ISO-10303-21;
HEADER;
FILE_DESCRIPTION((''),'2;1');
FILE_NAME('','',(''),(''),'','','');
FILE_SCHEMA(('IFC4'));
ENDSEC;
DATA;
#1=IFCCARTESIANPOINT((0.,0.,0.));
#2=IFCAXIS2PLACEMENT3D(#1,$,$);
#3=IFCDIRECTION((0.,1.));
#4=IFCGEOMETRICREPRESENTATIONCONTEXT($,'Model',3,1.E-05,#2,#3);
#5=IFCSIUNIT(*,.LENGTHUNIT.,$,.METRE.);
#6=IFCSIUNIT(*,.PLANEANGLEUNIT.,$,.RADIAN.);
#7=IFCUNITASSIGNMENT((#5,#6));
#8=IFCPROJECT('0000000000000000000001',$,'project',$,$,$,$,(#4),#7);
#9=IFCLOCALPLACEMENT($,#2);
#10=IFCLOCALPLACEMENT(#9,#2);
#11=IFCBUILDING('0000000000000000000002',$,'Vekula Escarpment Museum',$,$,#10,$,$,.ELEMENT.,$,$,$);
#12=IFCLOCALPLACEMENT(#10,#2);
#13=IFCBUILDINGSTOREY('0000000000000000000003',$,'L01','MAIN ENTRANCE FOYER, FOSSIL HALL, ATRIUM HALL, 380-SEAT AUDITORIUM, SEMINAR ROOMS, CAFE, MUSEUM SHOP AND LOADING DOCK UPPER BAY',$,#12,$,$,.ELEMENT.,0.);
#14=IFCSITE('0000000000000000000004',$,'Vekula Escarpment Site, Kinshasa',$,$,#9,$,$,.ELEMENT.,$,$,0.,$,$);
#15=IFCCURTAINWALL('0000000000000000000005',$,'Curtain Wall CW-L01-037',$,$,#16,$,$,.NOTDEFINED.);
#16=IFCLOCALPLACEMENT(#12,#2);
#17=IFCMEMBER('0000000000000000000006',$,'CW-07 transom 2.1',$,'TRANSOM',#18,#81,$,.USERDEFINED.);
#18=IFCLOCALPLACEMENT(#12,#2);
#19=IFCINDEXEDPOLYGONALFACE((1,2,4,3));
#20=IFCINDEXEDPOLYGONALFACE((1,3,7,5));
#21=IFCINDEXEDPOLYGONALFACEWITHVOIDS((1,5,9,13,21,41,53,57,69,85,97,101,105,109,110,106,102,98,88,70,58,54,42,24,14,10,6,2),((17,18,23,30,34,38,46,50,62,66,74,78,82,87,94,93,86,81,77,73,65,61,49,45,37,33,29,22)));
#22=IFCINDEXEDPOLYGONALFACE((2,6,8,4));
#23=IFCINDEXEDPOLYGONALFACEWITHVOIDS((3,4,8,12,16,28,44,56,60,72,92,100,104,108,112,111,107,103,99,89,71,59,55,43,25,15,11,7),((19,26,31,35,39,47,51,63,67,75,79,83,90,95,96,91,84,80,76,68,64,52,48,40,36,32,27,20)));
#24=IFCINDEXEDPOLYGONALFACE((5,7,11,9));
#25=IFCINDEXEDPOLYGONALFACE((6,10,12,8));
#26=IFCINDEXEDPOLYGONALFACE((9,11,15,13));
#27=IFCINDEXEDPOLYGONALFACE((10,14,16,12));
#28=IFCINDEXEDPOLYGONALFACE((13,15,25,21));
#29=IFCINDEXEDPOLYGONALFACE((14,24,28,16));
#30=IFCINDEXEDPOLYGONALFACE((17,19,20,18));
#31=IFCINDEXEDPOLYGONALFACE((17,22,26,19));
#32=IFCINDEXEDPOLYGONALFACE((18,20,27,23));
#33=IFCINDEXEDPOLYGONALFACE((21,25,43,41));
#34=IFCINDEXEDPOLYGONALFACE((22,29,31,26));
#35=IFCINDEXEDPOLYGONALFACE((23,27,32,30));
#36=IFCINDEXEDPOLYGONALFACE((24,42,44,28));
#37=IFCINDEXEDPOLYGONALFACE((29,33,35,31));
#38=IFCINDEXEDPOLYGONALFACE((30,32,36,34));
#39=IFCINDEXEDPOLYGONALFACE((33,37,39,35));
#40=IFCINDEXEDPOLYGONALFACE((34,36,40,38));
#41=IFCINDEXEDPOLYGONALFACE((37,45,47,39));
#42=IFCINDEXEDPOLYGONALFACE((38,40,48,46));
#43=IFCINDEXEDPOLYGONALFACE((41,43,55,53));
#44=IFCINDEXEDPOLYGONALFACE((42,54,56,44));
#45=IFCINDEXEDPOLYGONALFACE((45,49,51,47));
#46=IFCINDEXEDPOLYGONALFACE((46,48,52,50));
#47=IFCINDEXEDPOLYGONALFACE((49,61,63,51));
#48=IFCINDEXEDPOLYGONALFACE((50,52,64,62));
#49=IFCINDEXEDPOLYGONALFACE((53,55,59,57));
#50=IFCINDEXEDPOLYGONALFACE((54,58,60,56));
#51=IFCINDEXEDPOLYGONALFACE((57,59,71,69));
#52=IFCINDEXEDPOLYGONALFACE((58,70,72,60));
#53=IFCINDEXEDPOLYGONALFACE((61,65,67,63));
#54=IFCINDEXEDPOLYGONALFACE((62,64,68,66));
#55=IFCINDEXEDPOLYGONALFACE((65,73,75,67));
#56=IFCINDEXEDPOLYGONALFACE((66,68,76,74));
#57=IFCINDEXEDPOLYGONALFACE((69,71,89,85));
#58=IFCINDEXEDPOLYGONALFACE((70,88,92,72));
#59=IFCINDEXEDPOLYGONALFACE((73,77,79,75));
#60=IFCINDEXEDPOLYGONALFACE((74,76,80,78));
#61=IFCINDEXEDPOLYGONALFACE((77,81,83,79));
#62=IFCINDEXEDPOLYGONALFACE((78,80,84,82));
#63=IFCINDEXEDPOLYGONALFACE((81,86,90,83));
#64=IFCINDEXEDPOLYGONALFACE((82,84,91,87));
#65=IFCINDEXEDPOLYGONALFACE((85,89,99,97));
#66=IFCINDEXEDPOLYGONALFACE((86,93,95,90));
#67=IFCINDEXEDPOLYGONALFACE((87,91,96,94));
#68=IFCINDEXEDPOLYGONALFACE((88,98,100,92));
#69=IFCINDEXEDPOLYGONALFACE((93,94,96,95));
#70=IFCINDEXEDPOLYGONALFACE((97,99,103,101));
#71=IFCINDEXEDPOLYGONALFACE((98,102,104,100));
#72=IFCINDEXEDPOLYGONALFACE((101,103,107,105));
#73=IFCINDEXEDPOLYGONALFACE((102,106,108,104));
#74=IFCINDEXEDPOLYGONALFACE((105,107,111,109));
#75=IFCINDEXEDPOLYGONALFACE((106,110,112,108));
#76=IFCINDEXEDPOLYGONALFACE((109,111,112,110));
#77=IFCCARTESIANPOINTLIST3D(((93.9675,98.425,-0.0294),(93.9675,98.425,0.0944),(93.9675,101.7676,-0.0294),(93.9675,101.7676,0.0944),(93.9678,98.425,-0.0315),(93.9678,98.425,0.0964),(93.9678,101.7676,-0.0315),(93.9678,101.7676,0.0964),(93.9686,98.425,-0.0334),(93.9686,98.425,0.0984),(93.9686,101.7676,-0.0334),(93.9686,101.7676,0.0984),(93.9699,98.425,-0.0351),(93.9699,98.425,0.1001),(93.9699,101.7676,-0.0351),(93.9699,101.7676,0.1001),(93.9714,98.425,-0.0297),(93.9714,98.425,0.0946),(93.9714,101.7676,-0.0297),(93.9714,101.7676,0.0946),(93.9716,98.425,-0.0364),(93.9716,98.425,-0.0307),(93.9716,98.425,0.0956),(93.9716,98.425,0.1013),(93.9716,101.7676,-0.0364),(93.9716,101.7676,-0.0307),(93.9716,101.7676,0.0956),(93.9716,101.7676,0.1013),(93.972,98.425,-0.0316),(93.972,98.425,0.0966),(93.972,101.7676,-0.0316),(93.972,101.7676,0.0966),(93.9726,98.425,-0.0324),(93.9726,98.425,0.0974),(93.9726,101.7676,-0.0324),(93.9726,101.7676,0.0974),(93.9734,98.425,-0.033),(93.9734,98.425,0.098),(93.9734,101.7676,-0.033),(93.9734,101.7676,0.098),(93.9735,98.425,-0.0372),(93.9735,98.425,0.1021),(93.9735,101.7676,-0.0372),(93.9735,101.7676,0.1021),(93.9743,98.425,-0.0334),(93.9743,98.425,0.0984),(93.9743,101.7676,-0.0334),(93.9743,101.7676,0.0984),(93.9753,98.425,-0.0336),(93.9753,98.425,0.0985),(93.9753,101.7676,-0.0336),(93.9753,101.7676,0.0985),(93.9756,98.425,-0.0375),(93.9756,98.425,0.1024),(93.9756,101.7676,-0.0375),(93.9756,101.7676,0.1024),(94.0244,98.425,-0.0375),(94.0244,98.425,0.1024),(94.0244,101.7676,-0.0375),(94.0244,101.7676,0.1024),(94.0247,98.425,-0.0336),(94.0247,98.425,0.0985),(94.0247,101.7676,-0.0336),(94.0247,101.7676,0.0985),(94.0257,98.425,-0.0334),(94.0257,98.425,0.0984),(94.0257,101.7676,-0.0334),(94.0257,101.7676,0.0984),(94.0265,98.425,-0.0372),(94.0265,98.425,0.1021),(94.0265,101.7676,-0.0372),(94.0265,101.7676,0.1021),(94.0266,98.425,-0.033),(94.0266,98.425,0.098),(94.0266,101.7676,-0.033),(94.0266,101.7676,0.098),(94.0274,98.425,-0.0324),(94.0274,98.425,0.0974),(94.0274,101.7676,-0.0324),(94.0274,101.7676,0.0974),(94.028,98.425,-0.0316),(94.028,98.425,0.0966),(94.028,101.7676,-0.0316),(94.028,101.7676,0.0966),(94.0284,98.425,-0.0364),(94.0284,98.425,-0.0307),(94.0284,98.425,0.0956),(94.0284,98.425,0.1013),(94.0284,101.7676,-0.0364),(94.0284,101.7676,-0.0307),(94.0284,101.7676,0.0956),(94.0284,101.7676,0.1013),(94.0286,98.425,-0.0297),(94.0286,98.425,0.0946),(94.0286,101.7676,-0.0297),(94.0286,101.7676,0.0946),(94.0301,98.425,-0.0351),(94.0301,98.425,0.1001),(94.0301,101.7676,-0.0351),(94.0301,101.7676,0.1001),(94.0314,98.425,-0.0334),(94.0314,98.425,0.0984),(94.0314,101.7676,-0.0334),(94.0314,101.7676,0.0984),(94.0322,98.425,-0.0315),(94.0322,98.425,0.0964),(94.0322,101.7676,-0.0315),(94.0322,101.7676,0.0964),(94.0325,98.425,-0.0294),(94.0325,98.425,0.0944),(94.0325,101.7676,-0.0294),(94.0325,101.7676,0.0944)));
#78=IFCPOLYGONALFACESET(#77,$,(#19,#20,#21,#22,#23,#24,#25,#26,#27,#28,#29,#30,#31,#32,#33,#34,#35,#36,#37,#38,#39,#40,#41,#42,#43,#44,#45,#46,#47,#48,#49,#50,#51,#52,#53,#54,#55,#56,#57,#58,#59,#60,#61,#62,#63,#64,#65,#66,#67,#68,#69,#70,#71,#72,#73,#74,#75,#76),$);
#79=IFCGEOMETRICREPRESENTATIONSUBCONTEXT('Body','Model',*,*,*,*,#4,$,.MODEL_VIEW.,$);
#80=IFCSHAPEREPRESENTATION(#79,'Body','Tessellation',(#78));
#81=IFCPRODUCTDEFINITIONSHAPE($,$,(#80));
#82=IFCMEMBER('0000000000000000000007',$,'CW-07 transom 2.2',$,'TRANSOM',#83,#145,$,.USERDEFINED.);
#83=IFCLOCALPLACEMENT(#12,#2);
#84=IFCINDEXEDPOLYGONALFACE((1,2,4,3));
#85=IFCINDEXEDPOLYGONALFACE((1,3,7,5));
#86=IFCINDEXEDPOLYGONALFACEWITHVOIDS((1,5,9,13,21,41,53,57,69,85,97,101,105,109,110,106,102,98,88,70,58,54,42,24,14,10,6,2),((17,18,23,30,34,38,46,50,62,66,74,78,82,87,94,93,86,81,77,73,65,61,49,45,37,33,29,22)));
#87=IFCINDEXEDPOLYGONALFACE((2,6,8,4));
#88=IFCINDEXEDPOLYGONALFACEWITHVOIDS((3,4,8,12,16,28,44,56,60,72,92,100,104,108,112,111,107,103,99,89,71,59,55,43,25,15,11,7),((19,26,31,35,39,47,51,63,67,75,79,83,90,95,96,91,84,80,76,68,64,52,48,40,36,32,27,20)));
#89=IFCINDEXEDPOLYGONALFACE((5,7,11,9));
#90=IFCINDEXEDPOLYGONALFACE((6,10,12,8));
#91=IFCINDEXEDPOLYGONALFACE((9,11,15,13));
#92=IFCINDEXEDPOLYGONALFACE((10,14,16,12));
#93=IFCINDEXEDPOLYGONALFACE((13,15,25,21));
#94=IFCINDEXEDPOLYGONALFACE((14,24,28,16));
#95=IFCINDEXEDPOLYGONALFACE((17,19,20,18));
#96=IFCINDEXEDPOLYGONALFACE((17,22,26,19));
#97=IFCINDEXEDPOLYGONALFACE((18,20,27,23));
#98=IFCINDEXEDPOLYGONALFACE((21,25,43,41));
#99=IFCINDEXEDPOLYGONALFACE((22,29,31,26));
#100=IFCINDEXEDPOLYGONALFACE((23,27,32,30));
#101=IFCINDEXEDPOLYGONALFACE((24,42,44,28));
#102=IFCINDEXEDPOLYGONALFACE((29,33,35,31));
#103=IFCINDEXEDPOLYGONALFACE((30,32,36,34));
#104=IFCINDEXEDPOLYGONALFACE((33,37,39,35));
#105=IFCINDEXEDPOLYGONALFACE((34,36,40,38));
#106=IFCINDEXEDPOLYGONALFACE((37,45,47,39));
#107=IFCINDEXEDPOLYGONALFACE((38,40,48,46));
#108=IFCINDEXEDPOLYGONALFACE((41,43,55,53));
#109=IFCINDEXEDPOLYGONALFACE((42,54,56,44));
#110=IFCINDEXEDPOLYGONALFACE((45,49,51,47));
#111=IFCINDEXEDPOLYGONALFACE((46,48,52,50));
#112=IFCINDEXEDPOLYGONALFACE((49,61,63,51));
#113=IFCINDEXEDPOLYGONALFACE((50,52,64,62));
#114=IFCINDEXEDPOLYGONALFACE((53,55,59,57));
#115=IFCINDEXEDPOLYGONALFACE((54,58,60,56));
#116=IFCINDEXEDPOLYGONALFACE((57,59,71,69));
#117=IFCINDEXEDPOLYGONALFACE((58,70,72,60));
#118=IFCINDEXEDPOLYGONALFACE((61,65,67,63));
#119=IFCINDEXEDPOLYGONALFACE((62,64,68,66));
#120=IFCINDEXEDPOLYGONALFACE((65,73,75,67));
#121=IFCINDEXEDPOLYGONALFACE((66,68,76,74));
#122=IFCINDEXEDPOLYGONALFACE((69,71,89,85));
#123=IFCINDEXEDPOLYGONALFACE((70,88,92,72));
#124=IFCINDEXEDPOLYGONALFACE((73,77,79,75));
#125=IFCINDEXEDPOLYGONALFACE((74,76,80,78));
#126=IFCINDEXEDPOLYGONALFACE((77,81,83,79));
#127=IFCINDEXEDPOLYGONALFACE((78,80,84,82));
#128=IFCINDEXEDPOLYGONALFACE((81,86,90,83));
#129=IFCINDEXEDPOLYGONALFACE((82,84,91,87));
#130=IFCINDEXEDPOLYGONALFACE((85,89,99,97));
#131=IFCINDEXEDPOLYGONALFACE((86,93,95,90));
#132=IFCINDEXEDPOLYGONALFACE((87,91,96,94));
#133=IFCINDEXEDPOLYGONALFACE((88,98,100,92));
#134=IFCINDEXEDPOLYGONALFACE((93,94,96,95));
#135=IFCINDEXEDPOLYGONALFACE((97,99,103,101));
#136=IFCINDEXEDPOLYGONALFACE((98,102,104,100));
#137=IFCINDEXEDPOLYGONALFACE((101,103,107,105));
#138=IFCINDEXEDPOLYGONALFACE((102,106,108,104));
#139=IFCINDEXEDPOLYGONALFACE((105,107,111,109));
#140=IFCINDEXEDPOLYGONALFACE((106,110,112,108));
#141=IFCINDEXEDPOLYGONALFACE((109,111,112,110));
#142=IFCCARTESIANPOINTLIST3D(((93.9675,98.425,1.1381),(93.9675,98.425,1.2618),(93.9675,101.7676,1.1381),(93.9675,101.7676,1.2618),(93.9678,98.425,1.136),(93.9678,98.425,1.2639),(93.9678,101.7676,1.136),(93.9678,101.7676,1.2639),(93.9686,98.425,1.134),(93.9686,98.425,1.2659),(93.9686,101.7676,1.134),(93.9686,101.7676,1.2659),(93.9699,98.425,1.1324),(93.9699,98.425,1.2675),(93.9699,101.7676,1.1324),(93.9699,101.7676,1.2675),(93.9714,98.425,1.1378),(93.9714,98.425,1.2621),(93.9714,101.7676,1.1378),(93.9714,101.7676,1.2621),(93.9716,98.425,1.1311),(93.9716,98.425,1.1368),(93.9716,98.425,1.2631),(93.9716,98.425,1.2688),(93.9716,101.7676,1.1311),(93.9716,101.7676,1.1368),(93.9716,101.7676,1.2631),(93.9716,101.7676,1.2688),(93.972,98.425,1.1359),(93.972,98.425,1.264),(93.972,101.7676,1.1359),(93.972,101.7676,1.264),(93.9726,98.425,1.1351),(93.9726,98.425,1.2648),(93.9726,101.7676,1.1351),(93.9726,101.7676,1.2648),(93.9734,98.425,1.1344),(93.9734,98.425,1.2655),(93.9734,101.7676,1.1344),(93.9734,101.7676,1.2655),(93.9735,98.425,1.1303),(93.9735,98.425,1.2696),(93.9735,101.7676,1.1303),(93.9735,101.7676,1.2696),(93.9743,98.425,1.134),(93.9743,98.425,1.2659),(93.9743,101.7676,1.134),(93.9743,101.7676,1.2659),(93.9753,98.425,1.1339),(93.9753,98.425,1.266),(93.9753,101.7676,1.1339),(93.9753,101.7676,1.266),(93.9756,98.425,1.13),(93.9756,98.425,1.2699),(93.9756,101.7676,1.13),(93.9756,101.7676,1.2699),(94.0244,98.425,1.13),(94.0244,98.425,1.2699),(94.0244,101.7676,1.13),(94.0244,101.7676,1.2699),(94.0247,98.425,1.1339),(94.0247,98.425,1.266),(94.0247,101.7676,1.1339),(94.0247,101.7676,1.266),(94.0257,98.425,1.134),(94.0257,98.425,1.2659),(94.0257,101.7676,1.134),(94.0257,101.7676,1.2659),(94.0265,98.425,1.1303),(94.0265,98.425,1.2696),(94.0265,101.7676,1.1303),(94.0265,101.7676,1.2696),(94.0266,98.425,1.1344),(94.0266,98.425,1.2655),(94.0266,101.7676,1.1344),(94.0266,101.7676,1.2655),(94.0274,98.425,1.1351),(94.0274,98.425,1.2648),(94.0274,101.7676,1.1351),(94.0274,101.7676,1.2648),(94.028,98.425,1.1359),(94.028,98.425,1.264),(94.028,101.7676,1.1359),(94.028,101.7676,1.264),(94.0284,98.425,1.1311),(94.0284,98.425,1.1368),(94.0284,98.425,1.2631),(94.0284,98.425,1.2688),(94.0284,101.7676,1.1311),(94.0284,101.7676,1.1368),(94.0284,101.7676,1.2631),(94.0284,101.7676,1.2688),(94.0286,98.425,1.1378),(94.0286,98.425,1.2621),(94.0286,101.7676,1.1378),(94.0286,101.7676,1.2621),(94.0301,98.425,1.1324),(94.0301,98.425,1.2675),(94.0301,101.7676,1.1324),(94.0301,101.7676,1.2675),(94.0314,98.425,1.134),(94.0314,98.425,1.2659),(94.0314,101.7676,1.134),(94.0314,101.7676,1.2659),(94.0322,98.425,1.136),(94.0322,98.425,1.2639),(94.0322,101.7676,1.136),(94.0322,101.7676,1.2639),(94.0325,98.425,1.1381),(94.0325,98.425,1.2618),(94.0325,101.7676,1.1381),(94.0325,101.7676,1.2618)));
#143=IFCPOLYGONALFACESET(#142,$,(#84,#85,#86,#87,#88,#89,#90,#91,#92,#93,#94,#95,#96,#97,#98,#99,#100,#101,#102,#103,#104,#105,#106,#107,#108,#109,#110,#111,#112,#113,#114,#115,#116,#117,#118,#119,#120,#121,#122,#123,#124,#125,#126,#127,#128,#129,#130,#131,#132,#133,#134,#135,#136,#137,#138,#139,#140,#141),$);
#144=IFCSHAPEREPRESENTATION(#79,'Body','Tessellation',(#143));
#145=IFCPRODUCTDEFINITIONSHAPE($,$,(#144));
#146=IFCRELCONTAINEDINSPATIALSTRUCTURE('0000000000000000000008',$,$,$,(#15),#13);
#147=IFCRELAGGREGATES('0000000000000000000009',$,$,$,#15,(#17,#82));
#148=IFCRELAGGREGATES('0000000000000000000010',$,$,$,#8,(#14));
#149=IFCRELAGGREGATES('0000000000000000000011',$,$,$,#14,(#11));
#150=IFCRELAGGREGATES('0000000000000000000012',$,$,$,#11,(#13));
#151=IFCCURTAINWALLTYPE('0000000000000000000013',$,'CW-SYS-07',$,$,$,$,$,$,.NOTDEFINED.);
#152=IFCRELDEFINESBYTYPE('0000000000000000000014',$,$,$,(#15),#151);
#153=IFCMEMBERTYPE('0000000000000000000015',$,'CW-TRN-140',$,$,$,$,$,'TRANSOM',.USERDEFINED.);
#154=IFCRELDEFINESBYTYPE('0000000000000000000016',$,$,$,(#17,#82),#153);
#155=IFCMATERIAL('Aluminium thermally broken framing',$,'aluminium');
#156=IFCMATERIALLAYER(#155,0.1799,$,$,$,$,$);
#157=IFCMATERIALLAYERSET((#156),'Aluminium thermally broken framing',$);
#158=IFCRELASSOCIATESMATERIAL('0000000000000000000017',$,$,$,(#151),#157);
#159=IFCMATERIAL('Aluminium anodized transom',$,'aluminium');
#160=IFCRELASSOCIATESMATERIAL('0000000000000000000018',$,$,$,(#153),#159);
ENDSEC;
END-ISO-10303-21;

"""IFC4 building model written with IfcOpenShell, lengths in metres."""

from ifc_helpers import new_model, si_unit, direction, frame, origin, origin_2d, place, context, subcontext, project, spatial, hollow_rectangle, extrude, material, layer, layer_set, material_profile, profile_set, type_object, element, aggregate, save


model = new_model("IFC4")

# Units and contexts
model_context = context("Model", 3, precision=1e-05, world=origin(), true_north=direction((0.0, 1.0)))
body_context = subcontext(model_context, "Body", "Model", "MODEL_VIEW")
ifc_project = project(units=[si_unit("LENGTHUNIT", "METRE"), si_unit("PLANEANGLEUNIT", "RADIAN")], contexts=[model_context])

# Site, building, storey
site_placement = place(None, origin())
site = spatial("IfcSite", under=ifc_project, at=site_placement, Name="Vekula Escarpment Site, Kinshasa", CompositionType="ELEMENT", RefElevation=0.0)
building_placement = place(site_placement, origin())
building = spatial("IfcBuilding", under=site, at=building_placement, Name="Vekula Escarpment Museum", CompositionType="ELEMENT")
storey_placement = place(building_placement, origin())
storey = spatial("IfcBuildingStorey", under=building, at=storey_placement, Name="L01", Description="MAIN ENTRANCE FOYER, FOSSIL HALL, ATRIUM HALL, 380-SEAT AUDITORIUM, SEMINAR ROOMS, CAFE, MUSEUM SHOP AND LOADING DOCK UPPER BAY", CompositionType="ELEMENT", Elevation=0.0)

# Curtain wall
ifc_material_1 = material(Name="Aluminium thermally broken framing", Category="aluminium")
ifc_layer_1 = layer(ifc_material_1, 0.1799)
ifc_layer_set_1 = layer_set([ifc_layer_1], Name="Aluminium thermally broken framing")
curtain_wall_type_1 = type_object("IfcCurtainWallType", Name="CW-SYS-07", PredefinedType="NOTDEFINED", material=ifc_layer_set_1)
curtain_wall_1_placement = place(storey_placement, origin())
curtain_wall_1 = element("IfcCurtainWall", 1, at=curtain_wall_1_placement, inside=storey, type_object=curtain_wall_type_1, Name="Curtain Wall CW-L01-037", PredefinedType="NOTDEFINED")

# Members
ifc_material_2 = material(Name="Aluminium anodized transom", Category="aluminium")
ifc_material_profile_1 = material_profile(ifc_material_2, hollow_rectangle(XDim=0.0649, YDim=0.1399, WallThickness=0.0039, InnerFilletRadius=0.0039, OuterFilletRadius=0.0081, at=origin_2d()), Name="ALU 140x65x4")
ifc_profile_set_1 = profile_set([ifc_material_profile_1], Name="Aluminium anodized transom")
member_type_1 = type_object("IfcMemberType", Name="CW-TRN-140", ElementType="TRANSOM", PredefinedType="USERDEFINED", material=ifc_profile_set_1)
member_1_placement = place(storey_placement, frame((94.0, 101.7676, 0.0325), z_axis=(0.0, -1.0, 0.0), x_axis=(1.0, 0.0, 0.0)))
member_1 = element("IfcMember", 2, at=member_1_placement, type_object=member_type_1, Name="CW-07 transom 2.1", ObjectType="TRANSOM", PredefinedType="USERDEFINED", context=body_context, shape_type="SweptSolid", body=[
    extrude(hollow_rectangle(XDim=0.0649, YDim=0.1399, WallThickness=0.0039, InnerFilletRadius=0.0039, OuterFilletRadius=0.0081, at=origin_2d()), origin(), (0.0, 0.0, 1.0), 3.3425),
])
member_2_placement = place(storey_placement, frame((94.0, 101.7676, 1.2), z_axis=(0.0, -1.0, 0.0), x_axis=(1.0, 0.0, 0.0)))
member_2 = element("IfcMember", 3, at=member_2_placement, type_object=member_type_1, Name="CW-07 transom 2.2", ObjectType="TRANSOM", PredefinedType="USERDEFINED", context=body_context, shape_type="SweptSolid", body=[
    extrude(hollow_rectangle(XDim=0.0649, YDim=0.1399, WallThickness=0.0039, InnerFilletRadius=0.0039, OuterFilletRadius=0.0081, at=origin_2d()), origin(), (0.0, 0.0, 1.0), 3.3425),
])

aggregate(curtain_wall_1, [member_1, member_2])

save(model, "model.ifc")
